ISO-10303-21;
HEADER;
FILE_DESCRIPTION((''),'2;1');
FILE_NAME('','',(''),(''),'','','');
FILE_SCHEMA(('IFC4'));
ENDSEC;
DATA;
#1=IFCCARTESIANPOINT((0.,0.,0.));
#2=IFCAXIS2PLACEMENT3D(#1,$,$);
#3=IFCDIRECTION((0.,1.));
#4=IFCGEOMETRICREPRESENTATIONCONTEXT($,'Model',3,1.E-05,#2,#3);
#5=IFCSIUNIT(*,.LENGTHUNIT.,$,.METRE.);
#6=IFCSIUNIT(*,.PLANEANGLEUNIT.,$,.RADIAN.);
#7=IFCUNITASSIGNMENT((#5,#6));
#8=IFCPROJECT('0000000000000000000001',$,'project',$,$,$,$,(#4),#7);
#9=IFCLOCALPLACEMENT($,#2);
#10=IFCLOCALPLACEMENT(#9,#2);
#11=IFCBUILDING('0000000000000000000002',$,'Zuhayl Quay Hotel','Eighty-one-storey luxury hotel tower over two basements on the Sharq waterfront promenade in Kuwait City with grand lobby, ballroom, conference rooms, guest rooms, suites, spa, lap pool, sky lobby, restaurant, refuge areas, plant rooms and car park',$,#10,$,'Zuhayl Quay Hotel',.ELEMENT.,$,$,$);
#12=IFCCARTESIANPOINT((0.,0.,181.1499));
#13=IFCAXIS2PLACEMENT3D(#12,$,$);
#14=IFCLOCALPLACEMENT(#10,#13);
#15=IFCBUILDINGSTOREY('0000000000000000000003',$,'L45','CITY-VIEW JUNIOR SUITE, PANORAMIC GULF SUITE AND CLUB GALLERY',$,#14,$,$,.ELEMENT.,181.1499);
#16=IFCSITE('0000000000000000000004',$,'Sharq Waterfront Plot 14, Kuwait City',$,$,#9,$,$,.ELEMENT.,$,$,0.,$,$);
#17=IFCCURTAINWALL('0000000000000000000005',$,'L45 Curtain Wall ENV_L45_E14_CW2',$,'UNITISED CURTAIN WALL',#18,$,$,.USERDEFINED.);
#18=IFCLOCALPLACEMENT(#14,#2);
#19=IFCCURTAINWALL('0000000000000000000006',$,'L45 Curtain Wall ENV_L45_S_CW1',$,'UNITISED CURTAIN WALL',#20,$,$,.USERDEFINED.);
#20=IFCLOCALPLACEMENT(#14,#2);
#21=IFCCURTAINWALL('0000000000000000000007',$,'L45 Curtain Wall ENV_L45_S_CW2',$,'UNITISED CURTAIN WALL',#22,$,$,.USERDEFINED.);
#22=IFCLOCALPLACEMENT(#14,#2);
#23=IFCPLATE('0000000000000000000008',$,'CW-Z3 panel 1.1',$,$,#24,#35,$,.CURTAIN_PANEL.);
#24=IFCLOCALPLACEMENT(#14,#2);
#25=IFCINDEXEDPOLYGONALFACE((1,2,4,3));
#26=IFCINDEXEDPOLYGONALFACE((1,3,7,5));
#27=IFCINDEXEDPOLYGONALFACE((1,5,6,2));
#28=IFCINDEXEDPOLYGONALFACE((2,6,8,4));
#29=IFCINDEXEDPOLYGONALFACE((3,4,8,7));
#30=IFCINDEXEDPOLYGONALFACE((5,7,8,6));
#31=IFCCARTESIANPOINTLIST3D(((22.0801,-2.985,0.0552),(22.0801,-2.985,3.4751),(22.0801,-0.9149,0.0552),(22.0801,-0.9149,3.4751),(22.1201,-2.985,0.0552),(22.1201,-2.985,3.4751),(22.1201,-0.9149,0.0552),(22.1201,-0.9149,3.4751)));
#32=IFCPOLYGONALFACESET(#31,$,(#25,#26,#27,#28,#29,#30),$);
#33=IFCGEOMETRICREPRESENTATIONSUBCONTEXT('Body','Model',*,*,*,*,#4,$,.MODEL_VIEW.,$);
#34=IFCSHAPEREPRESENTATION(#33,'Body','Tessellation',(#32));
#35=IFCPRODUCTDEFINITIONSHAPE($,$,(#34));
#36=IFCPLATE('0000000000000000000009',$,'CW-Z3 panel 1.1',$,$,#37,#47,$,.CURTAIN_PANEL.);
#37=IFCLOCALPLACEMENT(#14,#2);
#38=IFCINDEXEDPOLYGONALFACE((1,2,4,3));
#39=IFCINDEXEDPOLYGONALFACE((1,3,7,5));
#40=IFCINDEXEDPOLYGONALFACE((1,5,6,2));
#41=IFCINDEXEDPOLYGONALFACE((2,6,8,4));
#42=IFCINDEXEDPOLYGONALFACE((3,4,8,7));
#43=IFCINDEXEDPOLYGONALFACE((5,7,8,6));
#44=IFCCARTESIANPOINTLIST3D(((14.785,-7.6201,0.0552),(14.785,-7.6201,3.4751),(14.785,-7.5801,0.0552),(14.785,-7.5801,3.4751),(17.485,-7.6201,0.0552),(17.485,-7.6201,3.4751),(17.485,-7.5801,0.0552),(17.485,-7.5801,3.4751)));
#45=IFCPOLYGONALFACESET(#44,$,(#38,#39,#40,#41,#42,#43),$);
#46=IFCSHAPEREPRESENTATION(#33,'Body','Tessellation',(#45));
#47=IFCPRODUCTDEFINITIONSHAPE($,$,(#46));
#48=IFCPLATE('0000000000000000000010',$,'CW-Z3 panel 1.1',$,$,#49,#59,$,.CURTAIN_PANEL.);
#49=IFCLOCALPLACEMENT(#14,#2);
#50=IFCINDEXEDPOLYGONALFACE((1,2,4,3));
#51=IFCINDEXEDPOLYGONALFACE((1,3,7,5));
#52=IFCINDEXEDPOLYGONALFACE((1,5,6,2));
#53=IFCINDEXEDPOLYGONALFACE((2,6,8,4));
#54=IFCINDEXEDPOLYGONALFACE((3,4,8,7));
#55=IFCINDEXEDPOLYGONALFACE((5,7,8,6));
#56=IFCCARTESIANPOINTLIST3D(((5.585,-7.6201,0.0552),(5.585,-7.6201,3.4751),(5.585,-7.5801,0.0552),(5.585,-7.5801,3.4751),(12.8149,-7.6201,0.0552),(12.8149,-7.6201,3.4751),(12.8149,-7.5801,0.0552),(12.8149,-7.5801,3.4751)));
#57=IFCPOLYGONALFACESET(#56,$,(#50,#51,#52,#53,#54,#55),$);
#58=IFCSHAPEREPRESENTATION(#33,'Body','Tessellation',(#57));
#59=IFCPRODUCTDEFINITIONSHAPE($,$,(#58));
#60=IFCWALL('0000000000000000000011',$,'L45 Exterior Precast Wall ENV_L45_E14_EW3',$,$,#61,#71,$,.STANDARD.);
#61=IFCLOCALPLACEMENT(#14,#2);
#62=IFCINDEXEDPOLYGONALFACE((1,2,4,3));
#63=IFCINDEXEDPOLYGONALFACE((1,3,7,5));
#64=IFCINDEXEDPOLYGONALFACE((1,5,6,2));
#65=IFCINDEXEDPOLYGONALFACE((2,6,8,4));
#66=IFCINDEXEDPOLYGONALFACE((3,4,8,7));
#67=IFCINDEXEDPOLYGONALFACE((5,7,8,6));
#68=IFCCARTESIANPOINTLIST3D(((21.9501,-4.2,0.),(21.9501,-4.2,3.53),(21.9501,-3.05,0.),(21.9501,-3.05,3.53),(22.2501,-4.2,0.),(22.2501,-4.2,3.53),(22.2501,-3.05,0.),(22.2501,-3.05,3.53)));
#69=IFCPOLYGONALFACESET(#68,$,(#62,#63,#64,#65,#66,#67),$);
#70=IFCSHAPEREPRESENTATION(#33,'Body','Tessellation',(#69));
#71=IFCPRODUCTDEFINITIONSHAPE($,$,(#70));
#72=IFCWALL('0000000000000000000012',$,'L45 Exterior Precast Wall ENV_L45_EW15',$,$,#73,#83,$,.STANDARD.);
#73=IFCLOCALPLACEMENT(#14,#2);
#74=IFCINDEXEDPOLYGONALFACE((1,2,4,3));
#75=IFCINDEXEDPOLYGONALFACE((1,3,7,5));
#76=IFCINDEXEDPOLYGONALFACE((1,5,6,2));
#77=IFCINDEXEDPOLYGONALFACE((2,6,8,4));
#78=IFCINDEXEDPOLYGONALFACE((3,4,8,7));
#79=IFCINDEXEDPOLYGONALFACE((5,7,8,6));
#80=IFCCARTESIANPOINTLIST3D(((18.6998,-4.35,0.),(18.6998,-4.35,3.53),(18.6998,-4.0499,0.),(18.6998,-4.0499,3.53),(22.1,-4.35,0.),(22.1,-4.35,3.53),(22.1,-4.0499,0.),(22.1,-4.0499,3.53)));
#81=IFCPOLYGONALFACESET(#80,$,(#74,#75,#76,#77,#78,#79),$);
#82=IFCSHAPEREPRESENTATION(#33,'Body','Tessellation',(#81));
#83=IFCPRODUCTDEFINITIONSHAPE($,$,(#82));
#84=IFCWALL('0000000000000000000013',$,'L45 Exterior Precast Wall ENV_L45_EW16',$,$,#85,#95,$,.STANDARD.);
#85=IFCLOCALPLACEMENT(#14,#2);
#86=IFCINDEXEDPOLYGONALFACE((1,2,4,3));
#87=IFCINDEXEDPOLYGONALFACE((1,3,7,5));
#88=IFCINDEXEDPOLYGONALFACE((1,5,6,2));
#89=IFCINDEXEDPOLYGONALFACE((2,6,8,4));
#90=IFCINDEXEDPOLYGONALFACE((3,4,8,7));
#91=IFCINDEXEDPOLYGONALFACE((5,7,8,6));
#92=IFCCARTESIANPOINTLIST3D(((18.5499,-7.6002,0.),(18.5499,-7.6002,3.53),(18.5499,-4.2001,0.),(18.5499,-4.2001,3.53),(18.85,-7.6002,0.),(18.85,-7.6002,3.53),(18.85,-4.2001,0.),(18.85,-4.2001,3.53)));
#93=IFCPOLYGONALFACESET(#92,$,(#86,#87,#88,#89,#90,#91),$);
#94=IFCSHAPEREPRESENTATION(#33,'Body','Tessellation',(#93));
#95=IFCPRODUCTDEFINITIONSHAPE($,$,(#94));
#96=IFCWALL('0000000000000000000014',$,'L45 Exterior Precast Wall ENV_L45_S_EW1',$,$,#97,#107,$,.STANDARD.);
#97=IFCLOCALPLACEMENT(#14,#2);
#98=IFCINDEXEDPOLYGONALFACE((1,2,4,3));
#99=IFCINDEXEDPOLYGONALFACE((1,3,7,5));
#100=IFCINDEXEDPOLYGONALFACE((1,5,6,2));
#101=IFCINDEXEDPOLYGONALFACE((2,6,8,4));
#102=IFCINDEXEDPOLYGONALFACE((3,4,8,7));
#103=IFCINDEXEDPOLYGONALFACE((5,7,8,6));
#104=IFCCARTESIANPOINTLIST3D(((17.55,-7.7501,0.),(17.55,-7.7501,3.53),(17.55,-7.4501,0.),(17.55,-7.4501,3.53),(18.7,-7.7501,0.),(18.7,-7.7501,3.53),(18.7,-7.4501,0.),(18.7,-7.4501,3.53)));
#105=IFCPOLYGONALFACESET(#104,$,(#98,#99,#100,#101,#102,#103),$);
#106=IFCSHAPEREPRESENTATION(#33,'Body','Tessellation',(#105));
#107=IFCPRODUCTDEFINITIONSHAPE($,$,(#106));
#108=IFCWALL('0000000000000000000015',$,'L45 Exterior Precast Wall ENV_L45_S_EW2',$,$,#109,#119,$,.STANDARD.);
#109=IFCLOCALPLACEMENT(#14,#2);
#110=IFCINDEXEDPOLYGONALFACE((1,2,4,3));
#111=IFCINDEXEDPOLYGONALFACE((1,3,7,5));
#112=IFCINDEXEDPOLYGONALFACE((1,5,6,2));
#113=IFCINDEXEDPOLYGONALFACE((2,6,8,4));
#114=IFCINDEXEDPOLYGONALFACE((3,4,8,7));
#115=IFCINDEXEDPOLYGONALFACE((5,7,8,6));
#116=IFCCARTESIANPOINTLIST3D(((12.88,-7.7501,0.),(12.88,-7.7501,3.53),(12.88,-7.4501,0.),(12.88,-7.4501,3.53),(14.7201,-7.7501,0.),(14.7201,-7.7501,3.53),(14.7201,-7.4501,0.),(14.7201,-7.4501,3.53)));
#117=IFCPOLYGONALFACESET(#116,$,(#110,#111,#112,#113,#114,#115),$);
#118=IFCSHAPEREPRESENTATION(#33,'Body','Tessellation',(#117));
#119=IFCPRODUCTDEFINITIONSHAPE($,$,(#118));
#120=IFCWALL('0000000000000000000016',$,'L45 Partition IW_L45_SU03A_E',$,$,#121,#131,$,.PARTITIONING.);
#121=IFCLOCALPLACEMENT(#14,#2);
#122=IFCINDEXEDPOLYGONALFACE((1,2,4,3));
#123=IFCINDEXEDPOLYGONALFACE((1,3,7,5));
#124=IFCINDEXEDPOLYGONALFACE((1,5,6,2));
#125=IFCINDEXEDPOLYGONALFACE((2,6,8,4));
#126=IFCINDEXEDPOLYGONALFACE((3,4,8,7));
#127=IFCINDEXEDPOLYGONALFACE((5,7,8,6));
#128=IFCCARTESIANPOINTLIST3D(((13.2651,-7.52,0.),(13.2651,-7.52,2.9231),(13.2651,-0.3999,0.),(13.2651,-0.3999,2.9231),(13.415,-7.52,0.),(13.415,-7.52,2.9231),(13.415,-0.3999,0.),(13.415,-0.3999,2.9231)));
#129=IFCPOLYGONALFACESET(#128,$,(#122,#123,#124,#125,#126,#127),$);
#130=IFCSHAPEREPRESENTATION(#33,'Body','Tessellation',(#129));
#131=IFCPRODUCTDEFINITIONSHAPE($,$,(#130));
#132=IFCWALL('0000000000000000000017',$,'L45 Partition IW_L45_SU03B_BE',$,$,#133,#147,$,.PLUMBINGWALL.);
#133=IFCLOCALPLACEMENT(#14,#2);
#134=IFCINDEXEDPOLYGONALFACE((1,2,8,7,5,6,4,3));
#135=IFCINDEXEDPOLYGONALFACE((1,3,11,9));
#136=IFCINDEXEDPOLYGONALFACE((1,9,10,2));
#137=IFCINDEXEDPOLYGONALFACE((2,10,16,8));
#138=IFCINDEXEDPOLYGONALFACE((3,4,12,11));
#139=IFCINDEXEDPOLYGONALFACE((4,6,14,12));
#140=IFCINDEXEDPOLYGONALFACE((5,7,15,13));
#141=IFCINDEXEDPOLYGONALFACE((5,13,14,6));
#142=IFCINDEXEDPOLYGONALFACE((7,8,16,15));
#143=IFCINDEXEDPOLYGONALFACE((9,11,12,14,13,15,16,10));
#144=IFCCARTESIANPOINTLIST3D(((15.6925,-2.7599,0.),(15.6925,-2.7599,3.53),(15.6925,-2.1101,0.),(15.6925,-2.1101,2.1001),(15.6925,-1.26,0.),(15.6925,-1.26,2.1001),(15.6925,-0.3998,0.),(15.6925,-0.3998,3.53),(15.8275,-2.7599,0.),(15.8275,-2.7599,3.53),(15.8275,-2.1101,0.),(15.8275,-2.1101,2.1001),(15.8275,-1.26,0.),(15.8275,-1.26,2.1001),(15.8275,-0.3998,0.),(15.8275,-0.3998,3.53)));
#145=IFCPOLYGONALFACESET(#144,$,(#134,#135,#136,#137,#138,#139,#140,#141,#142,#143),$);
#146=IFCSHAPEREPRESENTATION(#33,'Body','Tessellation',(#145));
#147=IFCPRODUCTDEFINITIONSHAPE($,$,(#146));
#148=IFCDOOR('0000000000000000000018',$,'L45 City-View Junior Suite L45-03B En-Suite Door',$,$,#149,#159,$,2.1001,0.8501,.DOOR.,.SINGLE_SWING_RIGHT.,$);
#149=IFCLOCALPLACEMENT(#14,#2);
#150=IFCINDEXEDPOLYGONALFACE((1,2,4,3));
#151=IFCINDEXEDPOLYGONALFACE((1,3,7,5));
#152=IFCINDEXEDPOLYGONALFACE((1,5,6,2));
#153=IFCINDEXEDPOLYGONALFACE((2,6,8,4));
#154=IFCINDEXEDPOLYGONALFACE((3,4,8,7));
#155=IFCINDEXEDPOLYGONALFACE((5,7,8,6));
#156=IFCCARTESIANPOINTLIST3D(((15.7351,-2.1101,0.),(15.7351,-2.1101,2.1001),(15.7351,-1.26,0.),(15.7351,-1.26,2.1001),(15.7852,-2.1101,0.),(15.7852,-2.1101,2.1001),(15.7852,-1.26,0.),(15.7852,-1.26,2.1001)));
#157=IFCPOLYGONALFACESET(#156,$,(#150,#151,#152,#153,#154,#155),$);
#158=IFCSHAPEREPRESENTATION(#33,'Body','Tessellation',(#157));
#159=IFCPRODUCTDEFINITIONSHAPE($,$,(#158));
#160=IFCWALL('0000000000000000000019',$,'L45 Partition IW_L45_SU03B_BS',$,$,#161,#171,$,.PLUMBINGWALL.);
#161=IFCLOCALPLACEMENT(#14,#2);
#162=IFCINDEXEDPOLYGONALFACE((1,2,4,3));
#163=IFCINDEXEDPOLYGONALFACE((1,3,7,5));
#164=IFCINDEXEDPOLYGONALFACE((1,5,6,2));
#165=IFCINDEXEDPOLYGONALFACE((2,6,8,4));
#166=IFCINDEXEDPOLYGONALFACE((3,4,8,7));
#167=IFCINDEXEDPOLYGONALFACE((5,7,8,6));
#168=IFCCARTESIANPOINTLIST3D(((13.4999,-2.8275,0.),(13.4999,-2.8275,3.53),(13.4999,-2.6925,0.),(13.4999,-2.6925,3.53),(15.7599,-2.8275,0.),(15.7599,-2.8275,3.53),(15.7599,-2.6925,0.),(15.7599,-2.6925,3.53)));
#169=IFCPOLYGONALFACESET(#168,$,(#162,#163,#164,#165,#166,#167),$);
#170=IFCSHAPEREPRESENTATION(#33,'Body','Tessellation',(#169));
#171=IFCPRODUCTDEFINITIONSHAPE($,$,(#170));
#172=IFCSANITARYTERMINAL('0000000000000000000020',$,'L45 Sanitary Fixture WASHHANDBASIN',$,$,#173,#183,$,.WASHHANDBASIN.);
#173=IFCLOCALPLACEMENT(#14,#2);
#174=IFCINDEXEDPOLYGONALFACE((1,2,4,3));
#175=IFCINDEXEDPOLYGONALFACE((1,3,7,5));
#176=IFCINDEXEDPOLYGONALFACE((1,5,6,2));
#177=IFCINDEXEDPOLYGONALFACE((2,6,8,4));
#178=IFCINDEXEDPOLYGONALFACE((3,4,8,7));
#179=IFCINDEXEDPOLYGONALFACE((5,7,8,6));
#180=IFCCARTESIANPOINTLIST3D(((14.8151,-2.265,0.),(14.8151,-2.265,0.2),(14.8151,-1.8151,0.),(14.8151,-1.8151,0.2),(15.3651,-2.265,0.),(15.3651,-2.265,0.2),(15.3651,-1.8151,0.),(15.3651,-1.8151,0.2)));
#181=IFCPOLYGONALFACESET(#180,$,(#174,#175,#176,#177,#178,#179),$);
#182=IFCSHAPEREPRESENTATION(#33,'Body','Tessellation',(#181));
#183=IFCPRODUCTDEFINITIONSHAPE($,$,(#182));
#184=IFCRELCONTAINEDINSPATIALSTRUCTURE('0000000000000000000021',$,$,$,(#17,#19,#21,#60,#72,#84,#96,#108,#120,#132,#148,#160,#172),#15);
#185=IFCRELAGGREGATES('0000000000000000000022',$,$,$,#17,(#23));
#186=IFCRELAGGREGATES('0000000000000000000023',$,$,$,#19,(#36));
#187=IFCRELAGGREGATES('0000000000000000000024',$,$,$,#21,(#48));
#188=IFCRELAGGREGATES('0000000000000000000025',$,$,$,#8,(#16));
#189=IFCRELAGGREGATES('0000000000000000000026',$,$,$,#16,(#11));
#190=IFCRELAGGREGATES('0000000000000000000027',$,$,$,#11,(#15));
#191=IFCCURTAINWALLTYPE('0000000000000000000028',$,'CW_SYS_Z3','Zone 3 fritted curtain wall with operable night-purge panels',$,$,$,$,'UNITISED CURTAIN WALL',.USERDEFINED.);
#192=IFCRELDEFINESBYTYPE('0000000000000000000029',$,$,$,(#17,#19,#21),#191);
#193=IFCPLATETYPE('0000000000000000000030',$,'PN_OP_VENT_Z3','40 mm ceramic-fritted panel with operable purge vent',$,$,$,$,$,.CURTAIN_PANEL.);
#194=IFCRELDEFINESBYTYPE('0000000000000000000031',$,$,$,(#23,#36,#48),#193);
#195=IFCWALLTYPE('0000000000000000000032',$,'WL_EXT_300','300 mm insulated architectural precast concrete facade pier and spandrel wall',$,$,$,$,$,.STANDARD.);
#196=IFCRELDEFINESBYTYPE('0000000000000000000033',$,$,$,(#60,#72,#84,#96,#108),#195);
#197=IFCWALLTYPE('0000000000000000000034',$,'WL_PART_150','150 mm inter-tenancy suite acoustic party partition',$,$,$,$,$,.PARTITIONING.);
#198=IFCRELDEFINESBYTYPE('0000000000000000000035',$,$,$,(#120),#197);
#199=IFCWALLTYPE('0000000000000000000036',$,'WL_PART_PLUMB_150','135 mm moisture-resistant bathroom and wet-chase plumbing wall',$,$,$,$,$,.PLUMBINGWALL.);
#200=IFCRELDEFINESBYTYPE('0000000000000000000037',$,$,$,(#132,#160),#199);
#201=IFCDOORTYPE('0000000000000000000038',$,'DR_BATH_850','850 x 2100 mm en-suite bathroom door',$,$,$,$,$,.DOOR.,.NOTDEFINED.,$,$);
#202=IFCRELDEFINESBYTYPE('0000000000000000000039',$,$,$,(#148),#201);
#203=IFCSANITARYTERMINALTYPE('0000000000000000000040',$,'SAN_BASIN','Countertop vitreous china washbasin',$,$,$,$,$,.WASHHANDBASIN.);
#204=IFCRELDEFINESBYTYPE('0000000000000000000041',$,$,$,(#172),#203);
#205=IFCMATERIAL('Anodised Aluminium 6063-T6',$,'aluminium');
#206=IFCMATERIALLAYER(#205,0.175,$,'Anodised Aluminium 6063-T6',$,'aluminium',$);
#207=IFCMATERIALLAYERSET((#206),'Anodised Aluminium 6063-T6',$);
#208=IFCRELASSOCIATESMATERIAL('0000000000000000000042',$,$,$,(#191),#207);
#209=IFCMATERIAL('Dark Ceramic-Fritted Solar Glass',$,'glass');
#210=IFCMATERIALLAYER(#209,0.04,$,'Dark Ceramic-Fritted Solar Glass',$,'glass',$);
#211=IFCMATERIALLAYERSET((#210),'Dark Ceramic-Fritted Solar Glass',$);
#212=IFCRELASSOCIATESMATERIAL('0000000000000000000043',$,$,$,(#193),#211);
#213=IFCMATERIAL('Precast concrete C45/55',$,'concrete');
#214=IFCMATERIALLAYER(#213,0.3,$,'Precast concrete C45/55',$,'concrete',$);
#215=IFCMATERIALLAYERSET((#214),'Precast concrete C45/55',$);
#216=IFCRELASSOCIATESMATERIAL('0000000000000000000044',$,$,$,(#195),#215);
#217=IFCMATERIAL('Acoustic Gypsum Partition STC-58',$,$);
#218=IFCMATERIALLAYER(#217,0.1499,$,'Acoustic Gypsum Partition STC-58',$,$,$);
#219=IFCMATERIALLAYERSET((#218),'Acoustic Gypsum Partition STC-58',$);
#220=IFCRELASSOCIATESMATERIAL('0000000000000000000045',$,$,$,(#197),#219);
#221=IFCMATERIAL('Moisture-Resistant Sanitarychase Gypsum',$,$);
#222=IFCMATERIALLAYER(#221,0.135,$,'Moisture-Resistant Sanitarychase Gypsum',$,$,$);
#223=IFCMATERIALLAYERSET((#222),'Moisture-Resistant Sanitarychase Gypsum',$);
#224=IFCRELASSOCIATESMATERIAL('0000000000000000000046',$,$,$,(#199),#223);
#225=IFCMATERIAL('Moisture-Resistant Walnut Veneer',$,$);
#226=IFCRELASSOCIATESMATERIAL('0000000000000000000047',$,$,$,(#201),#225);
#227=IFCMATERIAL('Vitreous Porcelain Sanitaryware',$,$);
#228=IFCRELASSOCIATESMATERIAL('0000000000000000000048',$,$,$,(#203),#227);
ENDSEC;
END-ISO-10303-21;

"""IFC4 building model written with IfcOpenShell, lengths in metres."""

from ifc_helpers import new_model, si_unit, direction, frame, frame_2d, origin, origin_2d, place, context, subcontext, project, spatial, rectangle, extrude, material, layer, layer_set, type_object, element, fill, aggregate, save


model = new_model("IFC4")

# Units and contexts
model_context = context("Model", 3, precision=1e-05, world=origin(), true_north=direction((0.0, 1.0)))
body_context = subcontext(model_context, "Body", "Model", "MODEL_VIEW")
ifc_project = project(units=[si_unit("LENGTHUNIT", "METRE"), si_unit("PLANEANGLEUNIT", "RADIAN")], contexts=[model_context])

# Site, building, storey
site_placement = place(None, origin())
site = spatial("IfcSite", under=ifc_project, at=site_placement, Name="Sharq Waterfront Plot 14, Kuwait City", CompositionType="ELEMENT", RefElevation=0.0)
building_placement = place(site_placement, origin())
building = spatial("IfcBuilding", under=site, at=building_placement, Name="Zuhayl Quay Hotel", Description="Eighty-one-storey luxury hotel tower over two basements on the Sharq waterfront promenade in Kuwait City with grand lobby, ballroom, conference rooms, guest rooms, suites, spa, lap pool, sky lobby, restaurant, refuge areas, plant rooms and car park", LongName="Zuhayl Quay Hotel", CompositionType="ELEMENT")
storey_placement = place(building_placement, frame((0.0, 0.0, 181.1499)))
storey = spatial("IfcBuildingStorey", under=building, at=storey_placement, Name="L45", Description="CITY-VIEW JUNIOR SUITE, PANORAMIC GULF SUITE AND CLUB GALLERY", CompositionType="ELEMENT", Elevation=181.1499)

# Curtain wall
ifc_material_1 = material(Name="Anodised Aluminium 6063-T6", Category="aluminium")
ifc_layer_1 = layer(ifc_material_1, 0.175, Name="Anodised Aluminium 6063-T6", Category="aluminium")
ifc_layer_set_1 = layer_set([ifc_layer_1], Name="Anodised Aluminium 6063-T6")
curtain_wall_type = type_object("IfcCurtainWallType", Name="CW_SYS_Z3", Description="Zone 3 fritted curtain wall with operable night-purge panels", ElementType="UNITISED CURTAIN WALL", PredefinedType="USERDEFINED", material=ifc_layer_set_1)
curtain_wall_1_placement = place(storey_placement, origin())
curtain_wall_1 = element("IfcCurtainWall", 1, at=curtain_wall_1_placement, inside=storey, type_object=curtain_wall_type, Name="L45 Curtain Wall ENV_L45_E14_CW2", ObjectType="UNITISED CURTAIN WALL", PredefinedType="USERDEFINED")

# Curtain wall
curtain_wall_2_placement = place(storey_placement, origin())
curtain_wall_2 = element("IfcCurtainWall", 2, at=curtain_wall_2_placement, inside=storey, type_object=curtain_wall_type, Name="L45 Curtain Wall ENV_L45_S_CW1", ObjectType="UNITISED CURTAIN WALL", PredefinedType="USERDEFINED")

# Curtain wall
curtain_wall_3_placement = place(storey_placement, origin())
curtain_wall_3 = element("IfcCurtainWall", 3, at=curtain_wall_3_placement, inside=storey, type_object=curtain_wall_type, Name="L45 Curtain Wall ENV_L45_S_CW2", ObjectType="UNITISED CURTAIN WALL", PredefinedType="USERDEFINED")

# Plates
ifc_material_2 = material(Name="Dark Ceramic-Fritted Solar Glass", Category="glass")
ifc_layer_2 = layer(ifc_material_2, 0.04, Name="Dark Ceramic-Fritted Solar Glass", Category="glass")
ifc_layer_set_2 = layer_set([ifc_layer_2], Name="Dark Ceramic-Fritted Solar Glass")
plate_type = type_object("IfcPlateType", Name="PN_OP_VENT_Z3", Description="40 mm ceramic-fritted panel with operable purge vent", PredefinedType="CURTAIN_PANEL", material=ifc_layer_set_2)
plate_1_placement = place(storey_placement, frame((22.1001, -1.95, 0.0552), z_axis=(0.0, 0.0, 1.0), x_axis=(0.0, -1.0, 0.0)))
plate_1 = element("IfcPlate", 4, at=plate_1_placement, type_object=plate_type, Name="CW-Z3 panel 1.1", PredefinedType="CURTAIN_PANEL", context=body_context, shape_type="SweptSolid", body=[
    extrude(rectangle(XDim=2.0701, YDim=0.04, at=origin_2d()), origin(), (0.0, 0.0, 1.0), 3.4199),
])
aggregate(curtain_wall_1, [plate_1])
plate_2_placement = place(storey_placement, frame((16.135, -7.6001, 0.0552), z_axis=(0.0, 0.0, 1.0), x_axis=(-1.0, 0.0, 0.0)))
plate_2 = element("IfcPlate", 5, at=plate_2_placement, type_object=plate_type, Name="CW-Z3 panel 1.1", PredefinedType="CURTAIN_PANEL", context=body_context, shape_type="SweptSolid", body=[
    extrude(rectangle(XDim=2.7, YDim=0.04, at=origin_2d()), origin(), (0.0, 0.0, 1.0), 3.4199),
])
aggregate(curtain_wall_2, [plate_2])
plate_3_placement = place(storey_placement, frame((9.2, -7.6001, 0.0552), z_axis=(0.0, 0.0, 1.0), x_axis=(-1.0, 0.0, 0.0)))
plate_3 = element("IfcPlate", 6, at=plate_3_placement, type_object=plate_type, Name="CW-Z3 panel 1.1", PredefinedType="CURTAIN_PANEL", context=body_context, shape_type="SweptSolid", body=[
    extrude(rectangle(XDim=7.23, YDim=0.04, at=origin_2d()), origin(), (0.0, 0.0, 1.0), 3.4199),
])
aggregate(curtain_wall_3, [plate_3])

# Walls
ifc_material_3 = material(Name="Precast concrete C45/55", Category="concrete")
ifc_layer_3 = layer(ifc_material_3, 0.3, Name="Precast concrete C45/55", Category="concrete")
ifc_layer_set_3 = layer_set([ifc_layer_3], Name="Precast concrete C45/55")
wall_type_1 = type_object("IfcWallType", Name="WL_EXT_300", Description="300 mm insulated architectural precast concrete facade pier and spandrel wall", PredefinedType="STANDARD", material=ifc_layer_set_3)
wall_1_placement = place(storey_placement, frame((22.1001, -3.05, 0.0), z_axis=(0.0, 0.0, 1.0), x_axis=(0.0, -1.0, 0.0)))
element("IfcWall", 7, at=wall_1_placement, inside=storey, type_object=wall_type_1, Name="L45 Exterior Precast Wall ENV_L45_E14_EW3", PredefinedType="STANDARD", context=body_context, shape_type="SweptSolid", body=[
    extrude(rectangle(XDim=1.1499, YDim=0.3, at=frame_2d((0.575, 0.0))), origin(), (0.0, 0.0, 1.0), 3.53),
])
for number, where, z_axis, x_axis, name in (
    (8, (22.1001, -4.2, 0.0), (0.0, 0.0, 1.0), (-1.0, 0.0, 0.0), "L45 Exterior Precast Wall ENV_L45_EW15"),
    (9, (18.7, -4.2, 0.0), (0.0, 0.0, 1.0), (0.0, -1.0, 0.0), "L45 Exterior Precast Wall ENV_L45_EW16"),
):
    element("IfcWall", number, at=place(storey_placement, frame(where, z_axis=z_axis, x_axis=x_axis)), inside=storey, type_object=wall_type_1, Name=name, PredefinedType="STANDARD", context=body_context, shape_type="SweptSolid", body=[
        extrude(rectangle(XDim=3.4001, YDim=0.3, at=frame_2d((1.7002, 0.0))), origin(), (0.0, 0.0, 1.0), 3.53),
    ])
wall_2_placement = place(storey_placement, frame((18.7, -7.6001, 0.0), z_axis=(0.0, 0.0, 1.0), x_axis=(-1.0, 0.0, 0.0)))
element("IfcWall", 10, at=wall_2_placement, inside=storey, type_object=wall_type_1, Name="L45 Exterior Precast Wall ENV_L45_S_EW1", PredefinedType="STANDARD", context=body_context, shape_type="SweptSolid", body=[
    extrude(rectangle(XDim=1.1499, YDim=0.3, at=frame_2d((0.575, 0.0))), origin(), (0.0, 0.0, 1.0), 3.53),
])
wall_3_placement = place(storey_placement, frame((14.72, -7.6001, 0.0), z_axis=(0.0, 0.0, 1.0), x_axis=(-1.0, 0.0, 0.0)))
element("IfcWall", 11, at=wall_3_placement, inside=storey, type_object=wall_type_1, Name="L45 Exterior Precast Wall ENV_L45_S_EW2", PredefinedType="STANDARD", context=body_context, shape_type="SweptSolid", body=[
    extrude(rectangle(XDim=1.8401, YDim=0.3, at=frame_2d((0.9199, 0.0))), origin(), (0.0, 0.0, 1.0), 3.53),
])
ifc_material_4 = material(Name="Acoustic Gypsum Partition STC-58")
ifc_layer_4 = layer(ifc_material_4, 0.1499, Name="Acoustic Gypsum Partition STC-58")
ifc_layer_set_4 = layer_set([ifc_layer_4], Name="Acoustic Gypsum Partition STC-58")
wall_type_2 = type_object("IfcWallType", Name="WL_PART_150", Description="150 mm inter-tenancy suite acoustic party partition", PredefinedType="PARTITIONING", material=ifc_layer_set_4)
wall_4_placement = place(storey_placement, frame((13.3401, -7.52, 0.0), z_axis=(0.0, 0.0, 1.0), x_axis=(0.0, 1.0, 0.0)))
element("IfcWall", 12, at=wall_4_placement, inside=storey, type_object=wall_type_2, Name="L45 Partition IW_L45_SU03A_E", PredefinedType="PARTITIONING", context=body_context, shape_type="SweptSolid", body=[
    extrude(rectangle(XDim=7.1201, YDim=0.1499, at=frame_2d((3.5601, 0.0))), origin(), (0.0, 0.0, 1.0), 2.9231),
])

# Wall, opening, door
ifc_material_5 = material(Name="Moisture-Resistant Sanitarychase Gypsum")
ifc_layer_5 = layer(ifc_material_5, 0.135, Name="Moisture-Resistant Sanitarychase Gypsum")
ifc_layer_set_5 = layer_set([ifc_layer_5], Name="Moisture-Resistant Sanitarychase Gypsum")
wall_type_3 = type_object("IfcWallType", Name="WL_PART_PLUMB_150", Description="135 mm moisture-resistant bathroom and wet-chase plumbing wall", PredefinedType="PLUMBINGWALL", material=ifc_layer_set_5)
wall_5_placement = place(storey_placement, frame((15.76, -2.76, 0.0), z_axis=(0.0, 0.0, 1.0), x_axis=(0.0, 1.0, 0.0)))
wall_5 = element("IfcWall", 13, at=wall_5_placement, inside=storey, type_object=wall_type_3, Name="L45 Partition IW_L45_SU03B_BE", PredefinedType="PLUMBINGWALL", context=body_context, shape_type="SweptSolid", body=[
    extrude(rectangle(XDim=2.3601, YDim=0.135, at=frame_2d((1.1802, 0.0))), origin(), (0.0, 0.0, 1.0), 3.53),
])
opening_placement = place(wall_5_placement, frame((0.6499, 0.0, 0.0)))
opening = element("IfcOpeningElement", 14, at=opening_placement, cuts=wall_5, PredefinedType="OPENING", context=body_context, shape_type="SweptSolid", body=[
    extrude(rectangle(XDim=0.8501, YDim=2.1001, at=frame_2d((0.425, 1.05))), frame((0.0, 0.0774, 0.0), z_axis=(0.0, -1.0, 0.0), x_axis=(1.0, 0.0, 0.0)), (0.0, 0.0, 1.0), 0.155),
])
ifc_material_6 = material(Name="Moisture-Resistant Walnut Veneer")
door_type = type_object("IfcDoorType", Name="DR_BATH_850", Description="850 x 2100 mm en-suite bathroom door", OperationType="NOTDEFINED", PredefinedType="DOOR", material=ifc_material_6)
door_placement = place(opening_placement, origin())
door = element("IfcDoor", 15, at=door_placement, inside=storey, type_object=door_type, Name="L45 City-View Junior Suite L45-03B En-Suite Door", OperationType="SINGLE_SWING_RIGHT", OverallHeight=2.1001, OverallWidth=0.8501, PredefinedType="DOOR", context=body_context, shape_type="SweptSolid", body=[
    extrude(rectangle(XDim=0.8501, YDim=2.1001, at=frame_2d((0.425, 1.05))), frame((0.0, 0.0249, 0.0), z_axis=(0.0, -1.0, 0.0), x_axis=(1.0, 0.0, 0.0)), (0.0, 0.0, 1.0), 0.05),
])
fill(opening, door)

# Wall
wall_6_placement = place(storey_placement, frame((13.5, -2.76, 0.0), z_axis=(0.0, 0.0, 1.0), x_axis=(1.0, 0.0, 0.0)))
element("IfcWall", 16, at=wall_6_placement, inside=storey, type_object=wall_type_3, Name="L45 Partition IW_L45_SU03B_BS", PredefinedType="PLUMBINGWALL", context=body_context, shape_type="SweptSolid", body=[
    extrude(rectangle(XDim=2.26, YDim=0.135, at=frame_2d((1.1299, 0.0))), origin(), (0.0, 0.0, 1.0), 3.53),
])

# Sanitary terminal
ifc_material_7 = material(Name="Vitreous Porcelain Sanitaryware")
sanitary_terminal_type_1 = type_object("IfcSanitaryTerminalType", Name="SAN_BASIN", Description="Countertop vitreous china washbasin", PredefinedType="WASHHANDBASIN", material=ifc_material_7)
sanitary_terminal_1_placement = place(storey_placement, frame((15.0901, -2.04, 0.0), z_axis=(0.0, 0.0, 1.0), x_axis=(1.0, 0.0, 0.0)))
element("IfcSanitaryTerminal", 17, at=sanitary_terminal_1_placement, inside=storey, type_object=sanitary_terminal_type_1, Name="L45 Sanitary Fixture WASHHANDBASIN", PredefinedType="WASHHANDBASIN", context=body_context, shape_type="SweptSolid", body=[
    extrude(rectangle(XDim=0.55, YDim=0.45, at=origin_2d()), origin(), (0.0, 0.0, 1.0), 0.2),
])

save(model, "model.ifc")
